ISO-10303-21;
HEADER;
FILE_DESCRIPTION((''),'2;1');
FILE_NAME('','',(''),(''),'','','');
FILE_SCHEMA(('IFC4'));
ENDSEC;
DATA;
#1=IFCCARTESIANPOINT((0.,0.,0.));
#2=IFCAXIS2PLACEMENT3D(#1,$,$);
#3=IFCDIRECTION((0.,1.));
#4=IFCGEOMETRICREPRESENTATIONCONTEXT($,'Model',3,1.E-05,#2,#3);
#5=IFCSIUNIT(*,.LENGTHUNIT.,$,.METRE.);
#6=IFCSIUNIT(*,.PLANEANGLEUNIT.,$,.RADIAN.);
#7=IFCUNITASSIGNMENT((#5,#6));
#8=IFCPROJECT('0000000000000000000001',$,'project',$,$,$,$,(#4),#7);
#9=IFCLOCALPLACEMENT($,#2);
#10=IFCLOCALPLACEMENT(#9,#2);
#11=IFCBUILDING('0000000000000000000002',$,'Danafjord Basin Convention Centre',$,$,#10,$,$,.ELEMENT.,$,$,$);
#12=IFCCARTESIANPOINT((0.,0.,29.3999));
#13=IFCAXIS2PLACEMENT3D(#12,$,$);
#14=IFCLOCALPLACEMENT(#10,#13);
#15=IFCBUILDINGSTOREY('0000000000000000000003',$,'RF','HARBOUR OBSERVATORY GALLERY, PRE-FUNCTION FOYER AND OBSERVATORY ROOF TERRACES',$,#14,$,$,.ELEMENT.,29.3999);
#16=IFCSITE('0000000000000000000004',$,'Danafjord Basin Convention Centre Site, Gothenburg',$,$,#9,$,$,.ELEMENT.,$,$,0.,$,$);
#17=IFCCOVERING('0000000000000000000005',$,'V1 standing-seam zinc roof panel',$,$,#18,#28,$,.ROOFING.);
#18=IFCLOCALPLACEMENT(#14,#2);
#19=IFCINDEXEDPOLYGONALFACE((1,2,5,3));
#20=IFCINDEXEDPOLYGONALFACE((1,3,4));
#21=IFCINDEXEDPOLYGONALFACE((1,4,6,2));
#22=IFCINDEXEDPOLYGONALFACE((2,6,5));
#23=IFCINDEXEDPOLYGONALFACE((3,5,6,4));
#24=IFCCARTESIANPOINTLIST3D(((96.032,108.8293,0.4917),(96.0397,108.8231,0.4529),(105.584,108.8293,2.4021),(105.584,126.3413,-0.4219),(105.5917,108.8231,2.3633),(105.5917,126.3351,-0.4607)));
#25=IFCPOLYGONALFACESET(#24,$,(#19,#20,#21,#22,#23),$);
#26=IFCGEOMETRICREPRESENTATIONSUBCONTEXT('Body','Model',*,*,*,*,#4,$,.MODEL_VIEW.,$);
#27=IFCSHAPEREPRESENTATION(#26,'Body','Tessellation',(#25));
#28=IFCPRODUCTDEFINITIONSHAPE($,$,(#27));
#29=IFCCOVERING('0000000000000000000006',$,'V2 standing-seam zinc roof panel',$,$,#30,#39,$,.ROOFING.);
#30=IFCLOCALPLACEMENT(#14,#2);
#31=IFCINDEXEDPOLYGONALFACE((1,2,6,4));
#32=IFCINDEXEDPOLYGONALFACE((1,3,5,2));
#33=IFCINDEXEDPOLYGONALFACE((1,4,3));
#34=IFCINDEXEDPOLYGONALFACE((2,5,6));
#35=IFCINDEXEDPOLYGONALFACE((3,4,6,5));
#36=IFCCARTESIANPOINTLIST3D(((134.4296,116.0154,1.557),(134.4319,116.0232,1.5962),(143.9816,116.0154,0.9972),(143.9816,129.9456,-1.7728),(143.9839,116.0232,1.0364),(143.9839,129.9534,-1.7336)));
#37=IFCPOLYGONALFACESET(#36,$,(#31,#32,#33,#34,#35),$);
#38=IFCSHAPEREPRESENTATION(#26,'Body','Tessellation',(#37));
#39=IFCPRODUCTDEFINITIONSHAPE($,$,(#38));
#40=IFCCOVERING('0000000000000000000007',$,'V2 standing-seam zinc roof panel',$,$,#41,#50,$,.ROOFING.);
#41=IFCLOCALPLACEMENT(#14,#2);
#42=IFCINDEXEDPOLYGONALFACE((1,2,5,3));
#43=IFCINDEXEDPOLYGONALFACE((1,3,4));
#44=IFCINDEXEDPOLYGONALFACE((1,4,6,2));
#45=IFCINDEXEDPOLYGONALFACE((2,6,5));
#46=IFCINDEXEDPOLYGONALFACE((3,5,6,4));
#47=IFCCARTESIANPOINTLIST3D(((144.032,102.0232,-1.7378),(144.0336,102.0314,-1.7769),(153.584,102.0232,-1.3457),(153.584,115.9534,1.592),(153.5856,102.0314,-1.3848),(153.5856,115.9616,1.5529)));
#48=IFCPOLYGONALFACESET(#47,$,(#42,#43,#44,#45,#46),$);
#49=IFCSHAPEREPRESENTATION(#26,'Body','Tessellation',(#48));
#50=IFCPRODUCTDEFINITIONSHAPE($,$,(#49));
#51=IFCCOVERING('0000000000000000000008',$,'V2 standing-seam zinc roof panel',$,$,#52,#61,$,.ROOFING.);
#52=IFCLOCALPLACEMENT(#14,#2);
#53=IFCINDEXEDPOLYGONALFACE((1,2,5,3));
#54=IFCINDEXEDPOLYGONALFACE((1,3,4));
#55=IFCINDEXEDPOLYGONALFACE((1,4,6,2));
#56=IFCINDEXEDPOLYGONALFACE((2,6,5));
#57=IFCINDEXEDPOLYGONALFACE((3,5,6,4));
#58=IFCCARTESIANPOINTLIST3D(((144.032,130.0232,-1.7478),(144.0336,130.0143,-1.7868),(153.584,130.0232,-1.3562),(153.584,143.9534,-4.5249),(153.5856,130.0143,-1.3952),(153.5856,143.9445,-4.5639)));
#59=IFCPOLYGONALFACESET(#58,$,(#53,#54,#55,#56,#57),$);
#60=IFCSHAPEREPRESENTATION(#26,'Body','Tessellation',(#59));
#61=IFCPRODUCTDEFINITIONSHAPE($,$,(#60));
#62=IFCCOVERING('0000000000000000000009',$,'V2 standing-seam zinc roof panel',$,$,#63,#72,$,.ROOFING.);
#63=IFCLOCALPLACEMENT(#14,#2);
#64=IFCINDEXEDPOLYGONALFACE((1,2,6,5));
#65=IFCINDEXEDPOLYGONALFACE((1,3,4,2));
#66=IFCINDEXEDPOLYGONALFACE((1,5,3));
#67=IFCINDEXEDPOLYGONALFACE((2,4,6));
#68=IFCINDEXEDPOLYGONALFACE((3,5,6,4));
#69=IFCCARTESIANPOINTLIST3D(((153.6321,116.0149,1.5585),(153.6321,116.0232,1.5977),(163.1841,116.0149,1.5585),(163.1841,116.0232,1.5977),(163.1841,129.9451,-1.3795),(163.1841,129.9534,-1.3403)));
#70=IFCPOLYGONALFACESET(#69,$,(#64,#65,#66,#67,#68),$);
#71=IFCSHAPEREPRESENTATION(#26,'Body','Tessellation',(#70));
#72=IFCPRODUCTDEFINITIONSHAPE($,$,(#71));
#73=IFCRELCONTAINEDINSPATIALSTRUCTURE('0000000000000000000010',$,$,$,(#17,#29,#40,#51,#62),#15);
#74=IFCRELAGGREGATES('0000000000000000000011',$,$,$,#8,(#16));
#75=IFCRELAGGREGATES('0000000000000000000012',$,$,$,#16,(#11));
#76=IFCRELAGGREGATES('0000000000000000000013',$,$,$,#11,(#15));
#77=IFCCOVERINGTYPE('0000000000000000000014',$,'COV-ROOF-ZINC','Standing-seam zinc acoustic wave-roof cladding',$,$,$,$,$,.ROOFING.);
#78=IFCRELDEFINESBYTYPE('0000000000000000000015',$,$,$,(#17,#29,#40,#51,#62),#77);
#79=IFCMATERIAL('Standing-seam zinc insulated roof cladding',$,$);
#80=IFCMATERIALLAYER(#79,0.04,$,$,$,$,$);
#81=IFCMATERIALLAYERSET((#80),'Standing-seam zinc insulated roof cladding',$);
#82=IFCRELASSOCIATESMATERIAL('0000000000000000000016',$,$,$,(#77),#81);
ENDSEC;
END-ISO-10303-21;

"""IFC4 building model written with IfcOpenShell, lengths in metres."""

from ifc_helpers import new_model, si_unit, direction, frame, origin, place, context, subcontext, project, spatial, polyline, outline, extrude, material, layer, layer_set, type_object, element, save


model = new_model("IFC4")

# Units and contexts
model_context = context("Model", 3, precision=1e-05, world=origin(), true_north=direction((0.0, 1.0)))
body_context = subcontext(model_context, "Body", "Model", "MODEL_VIEW")
ifc_project = project(units=[si_unit("LENGTHUNIT", "METRE"), si_unit("PLANEANGLEUNIT", "RADIAN")], contexts=[model_context])

# Site, building, storey
site_placement = place(None, origin())
site = spatial("IfcSite", under=ifc_project, at=site_placement, Name="Danafjord Basin Convention Centre Site, Gothenburg", CompositionType="ELEMENT", RefElevation=0.0)
building_placement = place(site_placement, origin())
building = spatial("IfcBuilding", under=site, at=building_placement, Name="Danafjord Basin Convention Centre", CompositionType="ELEMENT")
storey_placement = place(building_placement, frame((0.0, 0.0, 29.3999)))
storey = spatial("IfcBuildingStorey", under=building, at=storey_placement, Name="RF", Description="HARBOUR OBSERVATORY GALLERY, PRE-FUNCTION FOYER AND OBSERVATORY ROOF TERRACES", CompositionType="ELEMENT", Elevation=29.3999)

# Coverings
ifc_material_1 = material(Name="Standing-seam zinc insulated roof cladding")
ifc_layer_1 = layer(ifc_material_1, 0.04)
ifc_layer_set_1 = layer_set([ifc_layer_1], Name="Standing-seam zinc insulated roof cladding")
covering_type = type_object("IfcCoveringType", Name="COV-ROOF-ZINC", Description="Standing-seam zinc acoustic wave-roof cladding", PredefinedType="ROOFING", material=ifc_layer_set_1)
covering_1_placement = place(storey_placement, frame((96.032, 108.8293, 0.4917), z_axis=(-0.193709, 0.156188, 0.968546), x_axis=(0.980581, 0.0, 0.196116)))
element("IfcCovering", 1, at=covering_1_placement, inside=storey, type_object=covering_type, Name="V1 standing-seam zinc roof panel", PredefinedType="ROOFING", context=body_context, shape_type="SweptSolid", body=[
    extrude(outline(polyline([(0.0, 0.0), (9.7412, 0.0), (9.1873, 17.7296), (0.0, 0.0)])), origin(), (0.0, 0.0, -1.0), 0.04),
])
covering_2_placement = place(storey_placement, frame((134.4319, 116.0232, 1.5962), z_axis=(0.057387, 0.19471, 0.979181), x_axis=(0.998287, 0.0, -0.058507)))
element("IfcCovering", 2, at=covering_2_placement, inside=storey, type_object=covering_type, Name="V2 standing-seam zinc roof panel", PredefinedType="ROOFING", context=body_context, shape_type="SweptSolid", body=[
    extrude(outline(polyline([(0.0, 0.0), (9.5684, 0.0), (9.7305, 14.202), (0.0, 0.0)])), origin(), (0.0, 0.0, -1.0), 0.04),
])
covering_3_placement = place(storey_placement, frame((144.032, 102.0232, -1.7378), z_axis=(-0.040132, -0.206186, 0.97769), x_axis=(0.999159, 0.0, 0.041013)))
element("IfcCovering", 3, at=covering_3_placement, inside=storey, type_object=covering_type, Name="V2 standing-seam zinc roof panel", PredefinedType="ROOFING", context=body_context, shape_type="SweptSolid", body=[
    extrude(outline(polyline([(0.0, 0.0), (9.56, 0.0), (9.6805, 14.2361), (0.0, 0.0)])), origin(), (0.0, 0.0, -1.0), 0.04),
])
covering_4_placement = place(storey_placement, frame((144.032, 130.0232, -1.7478), z_axis=(-0.039944, 0.221627, 0.974313), x_axis=(0.999161, 0.0, 0.040962)))
element("IfcCovering", 4, at=covering_4_placement, inside=storey, type_object=covering_type, Name="V2 standing-seam zinc roof panel", PredefinedType="ROOFING", context=body_context, shape_type="SweptSolid", body=[
    extrude(outline(polyline([(0.0, 0.0), (9.56, 0.0), (9.4302, 14.2854), (0.0, 0.0)])), origin(), (0.0, 0.0, -1.0), 0.04),
])
covering_5_placement = place(storey_placement, frame((153.6321, 116.0232, 1.5977), z_axis=(0.0, 0.206368, 0.978474), x_axis=(1.0, 0.0, 0.0)))
element("IfcCovering", 5, at=covering_5_placement, inside=storey, type_object=covering_type, Name="V2 standing-seam zinc roof panel", PredefinedType="ROOFING", context=body_context, shape_type="SweptSolid", body=[
    extrude(outline(polyline([(0.0, 0.0), (9.552, 0.0), (9.552, 14.2366), (0.0, 0.0)])), origin(), (0.0, 0.0, -1.0), 0.04),
])

save(model, "model.ifc")
